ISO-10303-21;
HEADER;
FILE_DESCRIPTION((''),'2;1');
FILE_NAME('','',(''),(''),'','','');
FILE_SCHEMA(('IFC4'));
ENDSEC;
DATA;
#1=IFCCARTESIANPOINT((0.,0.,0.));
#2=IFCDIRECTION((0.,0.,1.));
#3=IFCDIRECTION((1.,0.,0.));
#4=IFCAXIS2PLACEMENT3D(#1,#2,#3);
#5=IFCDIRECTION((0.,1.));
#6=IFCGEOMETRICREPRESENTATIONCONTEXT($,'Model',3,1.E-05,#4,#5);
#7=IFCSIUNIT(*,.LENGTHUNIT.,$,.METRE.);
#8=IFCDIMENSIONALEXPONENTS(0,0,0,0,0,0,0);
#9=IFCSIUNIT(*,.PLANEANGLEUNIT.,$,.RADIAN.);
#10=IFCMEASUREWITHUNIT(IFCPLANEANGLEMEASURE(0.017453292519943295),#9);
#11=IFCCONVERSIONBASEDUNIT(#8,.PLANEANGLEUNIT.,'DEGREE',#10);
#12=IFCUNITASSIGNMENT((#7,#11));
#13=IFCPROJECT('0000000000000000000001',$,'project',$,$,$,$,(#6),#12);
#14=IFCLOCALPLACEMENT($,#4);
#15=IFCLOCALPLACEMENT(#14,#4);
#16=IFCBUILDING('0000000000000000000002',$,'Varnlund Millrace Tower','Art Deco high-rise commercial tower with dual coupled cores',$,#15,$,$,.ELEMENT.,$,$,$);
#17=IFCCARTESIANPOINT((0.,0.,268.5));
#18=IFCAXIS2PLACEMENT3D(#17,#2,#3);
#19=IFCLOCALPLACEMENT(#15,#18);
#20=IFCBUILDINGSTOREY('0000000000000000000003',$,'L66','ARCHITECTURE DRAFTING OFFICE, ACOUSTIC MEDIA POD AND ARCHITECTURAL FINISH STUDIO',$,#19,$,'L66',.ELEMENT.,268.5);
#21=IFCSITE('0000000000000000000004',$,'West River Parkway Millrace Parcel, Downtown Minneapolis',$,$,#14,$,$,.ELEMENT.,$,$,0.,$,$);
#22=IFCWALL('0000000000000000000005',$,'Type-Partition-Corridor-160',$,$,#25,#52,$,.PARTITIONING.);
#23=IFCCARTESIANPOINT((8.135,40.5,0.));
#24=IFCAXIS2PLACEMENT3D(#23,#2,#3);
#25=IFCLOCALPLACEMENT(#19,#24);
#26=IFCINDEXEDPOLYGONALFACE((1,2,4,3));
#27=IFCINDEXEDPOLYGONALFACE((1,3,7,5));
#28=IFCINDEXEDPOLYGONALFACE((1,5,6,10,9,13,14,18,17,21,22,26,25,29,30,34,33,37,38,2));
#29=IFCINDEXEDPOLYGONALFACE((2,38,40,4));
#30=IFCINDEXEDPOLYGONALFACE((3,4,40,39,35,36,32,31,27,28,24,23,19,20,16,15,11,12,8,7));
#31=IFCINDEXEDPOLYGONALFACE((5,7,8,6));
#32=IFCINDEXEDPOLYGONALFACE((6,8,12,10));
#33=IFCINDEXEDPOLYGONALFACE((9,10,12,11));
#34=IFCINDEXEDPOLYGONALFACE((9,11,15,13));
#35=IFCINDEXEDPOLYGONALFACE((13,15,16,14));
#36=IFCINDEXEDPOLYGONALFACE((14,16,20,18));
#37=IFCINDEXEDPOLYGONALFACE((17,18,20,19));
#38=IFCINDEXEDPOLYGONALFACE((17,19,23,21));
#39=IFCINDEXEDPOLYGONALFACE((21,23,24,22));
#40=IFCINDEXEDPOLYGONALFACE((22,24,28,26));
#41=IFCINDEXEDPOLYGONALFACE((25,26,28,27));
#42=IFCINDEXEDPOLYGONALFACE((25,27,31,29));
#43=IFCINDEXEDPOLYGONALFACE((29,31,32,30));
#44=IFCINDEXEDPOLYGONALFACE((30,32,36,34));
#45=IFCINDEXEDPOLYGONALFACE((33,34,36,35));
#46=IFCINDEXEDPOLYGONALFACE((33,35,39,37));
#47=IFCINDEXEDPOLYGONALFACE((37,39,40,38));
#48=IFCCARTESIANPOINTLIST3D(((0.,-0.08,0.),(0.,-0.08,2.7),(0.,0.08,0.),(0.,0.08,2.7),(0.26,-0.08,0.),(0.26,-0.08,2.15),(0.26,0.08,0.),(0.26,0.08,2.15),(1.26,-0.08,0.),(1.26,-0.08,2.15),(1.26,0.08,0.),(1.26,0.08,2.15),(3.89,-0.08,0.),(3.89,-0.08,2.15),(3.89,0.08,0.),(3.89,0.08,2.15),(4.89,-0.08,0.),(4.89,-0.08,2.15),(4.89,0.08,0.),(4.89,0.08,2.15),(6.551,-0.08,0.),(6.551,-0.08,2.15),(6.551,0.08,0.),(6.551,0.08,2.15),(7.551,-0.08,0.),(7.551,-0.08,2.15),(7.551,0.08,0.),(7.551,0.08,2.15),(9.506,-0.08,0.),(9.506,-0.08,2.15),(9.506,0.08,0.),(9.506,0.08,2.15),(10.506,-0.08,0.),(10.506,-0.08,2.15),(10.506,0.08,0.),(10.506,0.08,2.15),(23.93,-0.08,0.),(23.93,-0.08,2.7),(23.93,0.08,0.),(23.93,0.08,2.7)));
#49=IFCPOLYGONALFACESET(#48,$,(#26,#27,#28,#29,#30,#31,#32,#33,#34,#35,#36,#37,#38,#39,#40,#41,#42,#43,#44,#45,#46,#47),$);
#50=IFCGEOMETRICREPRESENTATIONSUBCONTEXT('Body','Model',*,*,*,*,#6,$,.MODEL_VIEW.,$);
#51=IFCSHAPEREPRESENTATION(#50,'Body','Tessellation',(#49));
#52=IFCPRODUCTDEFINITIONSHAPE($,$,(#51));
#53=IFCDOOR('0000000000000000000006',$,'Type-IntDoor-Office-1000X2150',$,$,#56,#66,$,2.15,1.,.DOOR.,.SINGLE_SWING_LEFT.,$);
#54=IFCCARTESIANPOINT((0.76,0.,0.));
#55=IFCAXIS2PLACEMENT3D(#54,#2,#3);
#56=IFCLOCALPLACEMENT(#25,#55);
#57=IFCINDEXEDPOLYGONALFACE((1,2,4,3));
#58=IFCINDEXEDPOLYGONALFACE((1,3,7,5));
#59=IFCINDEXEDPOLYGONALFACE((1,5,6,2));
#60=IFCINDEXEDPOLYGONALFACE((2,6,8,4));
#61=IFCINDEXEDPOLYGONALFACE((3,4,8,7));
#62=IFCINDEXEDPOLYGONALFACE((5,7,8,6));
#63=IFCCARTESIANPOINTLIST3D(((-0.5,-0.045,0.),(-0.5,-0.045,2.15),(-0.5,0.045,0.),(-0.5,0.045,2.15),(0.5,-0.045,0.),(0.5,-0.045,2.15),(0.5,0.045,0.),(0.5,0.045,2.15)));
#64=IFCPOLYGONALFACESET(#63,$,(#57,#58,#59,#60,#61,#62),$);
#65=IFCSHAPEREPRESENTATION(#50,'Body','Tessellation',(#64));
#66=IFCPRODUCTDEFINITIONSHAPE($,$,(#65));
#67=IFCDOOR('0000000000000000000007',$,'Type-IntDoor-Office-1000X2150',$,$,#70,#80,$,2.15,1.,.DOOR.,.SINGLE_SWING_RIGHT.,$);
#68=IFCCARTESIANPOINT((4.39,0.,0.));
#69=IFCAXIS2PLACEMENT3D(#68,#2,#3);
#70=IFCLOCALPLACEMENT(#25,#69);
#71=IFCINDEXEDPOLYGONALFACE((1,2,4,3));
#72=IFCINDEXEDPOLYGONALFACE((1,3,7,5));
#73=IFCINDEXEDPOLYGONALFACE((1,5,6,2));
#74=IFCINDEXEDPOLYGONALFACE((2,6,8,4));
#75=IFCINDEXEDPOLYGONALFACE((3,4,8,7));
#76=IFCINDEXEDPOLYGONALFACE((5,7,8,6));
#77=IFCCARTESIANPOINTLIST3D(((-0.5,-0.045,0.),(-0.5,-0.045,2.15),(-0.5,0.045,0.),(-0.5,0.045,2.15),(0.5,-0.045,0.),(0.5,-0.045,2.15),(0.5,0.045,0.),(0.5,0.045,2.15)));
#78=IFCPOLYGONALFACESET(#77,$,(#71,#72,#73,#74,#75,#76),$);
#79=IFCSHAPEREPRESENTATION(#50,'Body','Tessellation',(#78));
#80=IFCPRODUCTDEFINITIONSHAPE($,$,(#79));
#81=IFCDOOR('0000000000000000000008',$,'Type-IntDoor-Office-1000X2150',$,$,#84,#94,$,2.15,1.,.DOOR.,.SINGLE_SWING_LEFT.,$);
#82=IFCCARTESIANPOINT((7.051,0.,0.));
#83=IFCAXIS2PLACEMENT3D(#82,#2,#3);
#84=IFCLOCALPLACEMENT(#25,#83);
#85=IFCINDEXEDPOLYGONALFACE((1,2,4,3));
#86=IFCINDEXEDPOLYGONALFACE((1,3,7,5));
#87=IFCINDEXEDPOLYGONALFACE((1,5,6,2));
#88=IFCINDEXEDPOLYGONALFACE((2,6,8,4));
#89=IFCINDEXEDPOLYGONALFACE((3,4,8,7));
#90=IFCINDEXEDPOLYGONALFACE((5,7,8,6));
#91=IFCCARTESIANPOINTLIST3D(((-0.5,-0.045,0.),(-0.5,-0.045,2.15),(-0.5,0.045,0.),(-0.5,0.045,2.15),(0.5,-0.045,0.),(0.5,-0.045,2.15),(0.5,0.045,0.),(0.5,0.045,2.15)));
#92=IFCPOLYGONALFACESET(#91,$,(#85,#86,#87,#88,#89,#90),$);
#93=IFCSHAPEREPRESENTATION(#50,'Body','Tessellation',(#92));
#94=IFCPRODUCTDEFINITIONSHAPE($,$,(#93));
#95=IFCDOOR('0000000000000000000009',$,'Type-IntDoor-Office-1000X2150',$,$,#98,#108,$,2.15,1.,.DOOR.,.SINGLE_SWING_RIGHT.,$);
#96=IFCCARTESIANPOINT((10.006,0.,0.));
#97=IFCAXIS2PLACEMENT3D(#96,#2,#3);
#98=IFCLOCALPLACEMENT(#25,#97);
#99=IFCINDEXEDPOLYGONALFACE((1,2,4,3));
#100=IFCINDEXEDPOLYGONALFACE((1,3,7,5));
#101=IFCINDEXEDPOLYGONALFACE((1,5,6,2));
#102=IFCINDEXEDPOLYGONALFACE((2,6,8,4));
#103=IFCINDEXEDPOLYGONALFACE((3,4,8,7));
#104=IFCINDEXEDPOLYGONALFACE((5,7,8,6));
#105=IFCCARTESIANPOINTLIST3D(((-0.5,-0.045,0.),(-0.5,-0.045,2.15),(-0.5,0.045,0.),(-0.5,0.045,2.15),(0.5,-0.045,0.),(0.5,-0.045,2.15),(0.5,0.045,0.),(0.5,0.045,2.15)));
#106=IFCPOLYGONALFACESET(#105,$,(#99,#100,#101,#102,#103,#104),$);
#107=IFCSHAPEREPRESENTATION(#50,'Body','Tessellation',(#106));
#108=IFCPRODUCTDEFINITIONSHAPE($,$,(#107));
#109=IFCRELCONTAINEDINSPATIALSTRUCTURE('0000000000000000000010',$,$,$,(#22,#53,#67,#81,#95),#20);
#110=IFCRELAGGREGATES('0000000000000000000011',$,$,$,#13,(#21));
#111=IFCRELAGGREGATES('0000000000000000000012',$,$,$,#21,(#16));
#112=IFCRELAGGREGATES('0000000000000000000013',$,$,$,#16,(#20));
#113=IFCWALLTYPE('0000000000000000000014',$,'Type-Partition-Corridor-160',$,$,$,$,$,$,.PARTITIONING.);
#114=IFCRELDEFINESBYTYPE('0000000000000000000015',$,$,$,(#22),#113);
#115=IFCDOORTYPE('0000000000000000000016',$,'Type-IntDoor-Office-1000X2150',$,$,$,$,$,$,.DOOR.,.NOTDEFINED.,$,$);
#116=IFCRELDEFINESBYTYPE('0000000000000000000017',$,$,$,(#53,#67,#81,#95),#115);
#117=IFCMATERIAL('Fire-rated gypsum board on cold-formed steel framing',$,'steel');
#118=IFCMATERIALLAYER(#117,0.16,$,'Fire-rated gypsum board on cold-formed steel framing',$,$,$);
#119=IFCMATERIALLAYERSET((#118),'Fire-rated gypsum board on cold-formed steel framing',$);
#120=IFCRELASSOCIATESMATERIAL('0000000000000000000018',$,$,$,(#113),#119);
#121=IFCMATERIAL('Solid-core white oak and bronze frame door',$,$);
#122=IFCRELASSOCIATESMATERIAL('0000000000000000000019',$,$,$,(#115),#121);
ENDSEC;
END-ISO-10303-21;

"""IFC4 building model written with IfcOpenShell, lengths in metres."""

from ifc_helpers import new_model, entity, si_unit, converted_unit, direction, frame, origin_with_axes, origin_2d_with_axis, place, context, subcontext, project, spatial, polyline, rectangle, outline, extrude, material, layer, layer_set, type_object, element, fill, save


model = new_model("IFC4")

# Units and contexts
model_context = context("Model", 3, precision=1e-05, world=origin_with_axes(), true_north=direction((0.0, 1.0)))
body_context = subcontext(model_context, "Body", "Model", "MODEL_VIEW")
ifc_project = project(units=[si_unit("LENGTHUNIT", "METRE"), converted_unit("PLANEANGLEUNIT", "DEGREE", entity("IfcPlaneAngleMeasure", 0.017453292519943295), si_unit("PLANEANGLEUNIT", "RADIAN"), dimensions=[0, 0, 0, 0, 0, 0, 0])], contexts=[model_context])

# Site, building, storey
site_placement = place(None, origin_with_axes())
site = spatial("IfcSite", under=ifc_project, at=site_placement, Name="West River Parkway Millrace Parcel, Downtown Minneapolis", CompositionType="ELEMENT", RefElevation=0.0)
building_placement = place(site_placement, origin_with_axes())
building = spatial("IfcBuilding", under=site, at=building_placement, Name="Varnlund Millrace Tower", Description="Art Deco high-rise commercial tower with dual coupled cores", CompositionType="ELEMENT")
storey_placement = place(building_placement, frame((0.0, 0.0, 268.5), z_axis=(0.0, 0.0, 1.0), x_axis=(1.0, 0.0, 0.0)))
storey = spatial("IfcBuildingStorey", under=building, at=storey_placement, Name="L66", Description="ARCHITECTURE DRAFTING OFFICE, ACOUSTIC MEDIA POD AND ARCHITECTURAL FINISH STUDIO", LongName="L66", CompositionType="ELEMENT", Elevation=268.5)

# Shared definitions
ifc_material_1 = material(Name="Fire-rated gypsum board on cold-formed steel framing", Category="steel")
ifc_layer_1 = layer(ifc_material_1, 0.16, Name="Fire-rated gypsum board on cold-formed steel framing")
ifc_layer_set_1 = layer_set([ifc_layer_1], Name="Fire-rated gypsum board on cold-formed steel framing")
wall_type_1 = type_object("IfcWallType", Name="Type-Partition-Corridor-160", PredefinedType="PARTITIONING", material=ifc_layer_set_1)

# Wall, openings, doors
wall_1_placement = place(storey_placement, frame((8.135, 40.5, 0.0), z_axis=(0.0, 0.0, 1.0), x_axis=(1.0, 0.0, 0.0)))
wall_1 = element("IfcWall", 1, at=wall_1_placement, inside=storey, type_object=wall_type_1, Name="Type-Partition-Corridor-160", PredefinedType="PARTITIONING", context=body_context, shape_type="SweptSolid", body=[
    extrude(outline(polyline([(0.0, -0.08), (23.93, -0.08), (23.93, 0.08), (0.0, 0.08), (0.0, -0.08)])), origin_with_axes(), (0.0, 0.0, 1.0), 2.7),
])
opening_1_placement = place(wall_1_placement, frame((0.76, 0.0, 0.0), z_axis=(0.0, 0.0, 1.0), x_axis=(1.0, 0.0, 0.0)))
opening_1 = element("IfcOpeningElement", 2, at=opening_1_placement, cuts=wall_1, PredefinedType="OPENING", context=body_context, shape_type="SweptSolid", body=[
    extrude(rectangle(XDim=1.0, YDim=0.18, at=origin_2d_with_axis()), origin_with_axes(), (0.0, 0.0, 1.0), 2.15),
])
opening_2_placement = place(wall_1_placement, frame((4.39, 0.0, 0.0), z_axis=(0.0, 0.0, 1.0), x_axis=(1.0, 0.0, 0.0)))
opening_2 = element("IfcOpeningElement", 3, at=opening_2_placement, cuts=wall_1, PredefinedType="OPENING", context=body_context, shape_type="SweptSolid", body=[
    extrude(rectangle(XDim=1.0, YDim=0.18, at=origin_2d_with_axis()), origin_with_axes(), (0.0, 0.0, 1.0), 2.15),
])
opening_3_placement = place(wall_1_placement, frame((7.051, 0.0, 0.0), z_axis=(0.0, 0.0, 1.0), x_axis=(1.0, 0.0, 0.0)))
opening_3 = element("IfcOpeningElement", 4, at=opening_3_placement, cuts=wall_1, PredefinedType="OPENING", context=body_context, shape_type="SweptSolid", body=[
    extrude(rectangle(XDim=1.0, YDim=0.18, at=origin_2d_with_axis()), origin_with_axes(), (0.0, 0.0, 1.0), 2.15),
])
opening_4_placement = place(wall_1_placement, frame((10.006, 0.0, 0.0), z_axis=(0.0, 0.0, 1.0), x_axis=(1.0, 0.0, 0.0)))
opening_4 = element("IfcOpeningElement", 5, at=opening_4_placement, cuts=wall_1, PredefinedType="OPENING", context=body_context, shape_type="SweptSolid", body=[
    extrude(rectangle(XDim=1.0, YDim=0.18, at=origin_2d_with_axis()), origin_with_axes(), (0.0, 0.0, 1.0), 2.15),
])
ifc_material_2 = material(Name="Solid-core white oak and bronze frame door")
door_type_1 = type_object("IfcDoorType", Name="Type-IntDoor-Office-1000X2150", OperationType="NOTDEFINED", PredefinedType="DOOR", material=ifc_material_2)
door_1_placement = place(wall_1_placement, frame((0.76, 0.0, 0.0), z_axis=(0.0, 0.0, 1.0), x_axis=(1.0, 0.0, 0.0)))
door_1 = element("IfcDoor", 6, at=door_1_placement, inside=storey, type_object=door_type_1, Name="Type-IntDoor-Office-1000X2150", OperationType="SINGLE_SWING_LEFT", OverallHeight=2.15, OverallWidth=1.0, PredefinedType="DOOR", context=body_context, shape_type="SweptSolid", body=[
    extrude(rectangle(XDim=1.0, YDim=0.09, at=origin_2d_with_axis()), origin_with_axes(), (0.0, 0.0, 1.0), 2.15),
])
fill(opening_1, door_1)
door_2_placement = place(wall_1_placement, frame((4.39, 0.0, 0.0), z_axis=(0.0, 0.0, 1.0), x_axis=(1.0, 0.0, 0.0)))
door_2 = element("IfcDoor", 7, at=door_2_placement, inside=storey, type_object=door_type_1, Name="Type-IntDoor-Office-1000X2150", OperationType="SINGLE_SWING_RIGHT", OverallHeight=2.15, OverallWidth=1.0, PredefinedType="DOOR", context=body_context, shape_type="SweptSolid", body=[
    extrude(rectangle(XDim=1.0, YDim=0.09, at=origin_2d_with_axis()), origin_with_axes(), (0.0, 0.0, 1.0), 2.15),
])
fill(opening_2, door_2)
door_3_placement = place(wall_1_placement, frame((7.051, 0.0, 0.0), z_axis=(0.0, 0.0, 1.0), x_axis=(1.0, 0.0, 0.0)))
door_3 = element("IfcDoor", 8, at=door_3_placement, inside=storey, type_object=door_type_1, Name="Type-IntDoor-Office-1000X2150", OperationType="SINGLE_SWING_LEFT", OverallHeight=2.15, OverallWidth=1.0, PredefinedType="DOOR", context=body_context, shape_type="SweptSolid", body=[
    extrude(rectangle(XDim=1.0, YDim=0.09, at=origin_2d_with_axis()), origin_with_axes(), (0.0, 0.0, 1.0), 2.15),
])
fill(opening_3, door_3)
door_4_placement = place(wall_1_placement, frame((10.006, 0.0, 0.0), z_axis=(0.0, 0.0, 1.0), x_axis=(1.0, 0.0, 0.0)))
door_4 = element("IfcDoor", 9, at=door_4_placement, inside=storey, type_object=door_type_1, Name="Type-IntDoor-Office-1000X2150", OperationType="SINGLE_SWING_RIGHT", OverallHeight=2.15, OverallWidth=1.0, PredefinedType="DOOR", context=body_context, shape_type="SweptSolid", body=[
    extrude(rectangle(XDim=1.0, YDim=0.09, at=origin_2d_with_axis()), origin_with_axes(), (0.0, 0.0, 1.0), 2.15),
])
fill(opening_4, door_4)

save(model, "model.ifc")
